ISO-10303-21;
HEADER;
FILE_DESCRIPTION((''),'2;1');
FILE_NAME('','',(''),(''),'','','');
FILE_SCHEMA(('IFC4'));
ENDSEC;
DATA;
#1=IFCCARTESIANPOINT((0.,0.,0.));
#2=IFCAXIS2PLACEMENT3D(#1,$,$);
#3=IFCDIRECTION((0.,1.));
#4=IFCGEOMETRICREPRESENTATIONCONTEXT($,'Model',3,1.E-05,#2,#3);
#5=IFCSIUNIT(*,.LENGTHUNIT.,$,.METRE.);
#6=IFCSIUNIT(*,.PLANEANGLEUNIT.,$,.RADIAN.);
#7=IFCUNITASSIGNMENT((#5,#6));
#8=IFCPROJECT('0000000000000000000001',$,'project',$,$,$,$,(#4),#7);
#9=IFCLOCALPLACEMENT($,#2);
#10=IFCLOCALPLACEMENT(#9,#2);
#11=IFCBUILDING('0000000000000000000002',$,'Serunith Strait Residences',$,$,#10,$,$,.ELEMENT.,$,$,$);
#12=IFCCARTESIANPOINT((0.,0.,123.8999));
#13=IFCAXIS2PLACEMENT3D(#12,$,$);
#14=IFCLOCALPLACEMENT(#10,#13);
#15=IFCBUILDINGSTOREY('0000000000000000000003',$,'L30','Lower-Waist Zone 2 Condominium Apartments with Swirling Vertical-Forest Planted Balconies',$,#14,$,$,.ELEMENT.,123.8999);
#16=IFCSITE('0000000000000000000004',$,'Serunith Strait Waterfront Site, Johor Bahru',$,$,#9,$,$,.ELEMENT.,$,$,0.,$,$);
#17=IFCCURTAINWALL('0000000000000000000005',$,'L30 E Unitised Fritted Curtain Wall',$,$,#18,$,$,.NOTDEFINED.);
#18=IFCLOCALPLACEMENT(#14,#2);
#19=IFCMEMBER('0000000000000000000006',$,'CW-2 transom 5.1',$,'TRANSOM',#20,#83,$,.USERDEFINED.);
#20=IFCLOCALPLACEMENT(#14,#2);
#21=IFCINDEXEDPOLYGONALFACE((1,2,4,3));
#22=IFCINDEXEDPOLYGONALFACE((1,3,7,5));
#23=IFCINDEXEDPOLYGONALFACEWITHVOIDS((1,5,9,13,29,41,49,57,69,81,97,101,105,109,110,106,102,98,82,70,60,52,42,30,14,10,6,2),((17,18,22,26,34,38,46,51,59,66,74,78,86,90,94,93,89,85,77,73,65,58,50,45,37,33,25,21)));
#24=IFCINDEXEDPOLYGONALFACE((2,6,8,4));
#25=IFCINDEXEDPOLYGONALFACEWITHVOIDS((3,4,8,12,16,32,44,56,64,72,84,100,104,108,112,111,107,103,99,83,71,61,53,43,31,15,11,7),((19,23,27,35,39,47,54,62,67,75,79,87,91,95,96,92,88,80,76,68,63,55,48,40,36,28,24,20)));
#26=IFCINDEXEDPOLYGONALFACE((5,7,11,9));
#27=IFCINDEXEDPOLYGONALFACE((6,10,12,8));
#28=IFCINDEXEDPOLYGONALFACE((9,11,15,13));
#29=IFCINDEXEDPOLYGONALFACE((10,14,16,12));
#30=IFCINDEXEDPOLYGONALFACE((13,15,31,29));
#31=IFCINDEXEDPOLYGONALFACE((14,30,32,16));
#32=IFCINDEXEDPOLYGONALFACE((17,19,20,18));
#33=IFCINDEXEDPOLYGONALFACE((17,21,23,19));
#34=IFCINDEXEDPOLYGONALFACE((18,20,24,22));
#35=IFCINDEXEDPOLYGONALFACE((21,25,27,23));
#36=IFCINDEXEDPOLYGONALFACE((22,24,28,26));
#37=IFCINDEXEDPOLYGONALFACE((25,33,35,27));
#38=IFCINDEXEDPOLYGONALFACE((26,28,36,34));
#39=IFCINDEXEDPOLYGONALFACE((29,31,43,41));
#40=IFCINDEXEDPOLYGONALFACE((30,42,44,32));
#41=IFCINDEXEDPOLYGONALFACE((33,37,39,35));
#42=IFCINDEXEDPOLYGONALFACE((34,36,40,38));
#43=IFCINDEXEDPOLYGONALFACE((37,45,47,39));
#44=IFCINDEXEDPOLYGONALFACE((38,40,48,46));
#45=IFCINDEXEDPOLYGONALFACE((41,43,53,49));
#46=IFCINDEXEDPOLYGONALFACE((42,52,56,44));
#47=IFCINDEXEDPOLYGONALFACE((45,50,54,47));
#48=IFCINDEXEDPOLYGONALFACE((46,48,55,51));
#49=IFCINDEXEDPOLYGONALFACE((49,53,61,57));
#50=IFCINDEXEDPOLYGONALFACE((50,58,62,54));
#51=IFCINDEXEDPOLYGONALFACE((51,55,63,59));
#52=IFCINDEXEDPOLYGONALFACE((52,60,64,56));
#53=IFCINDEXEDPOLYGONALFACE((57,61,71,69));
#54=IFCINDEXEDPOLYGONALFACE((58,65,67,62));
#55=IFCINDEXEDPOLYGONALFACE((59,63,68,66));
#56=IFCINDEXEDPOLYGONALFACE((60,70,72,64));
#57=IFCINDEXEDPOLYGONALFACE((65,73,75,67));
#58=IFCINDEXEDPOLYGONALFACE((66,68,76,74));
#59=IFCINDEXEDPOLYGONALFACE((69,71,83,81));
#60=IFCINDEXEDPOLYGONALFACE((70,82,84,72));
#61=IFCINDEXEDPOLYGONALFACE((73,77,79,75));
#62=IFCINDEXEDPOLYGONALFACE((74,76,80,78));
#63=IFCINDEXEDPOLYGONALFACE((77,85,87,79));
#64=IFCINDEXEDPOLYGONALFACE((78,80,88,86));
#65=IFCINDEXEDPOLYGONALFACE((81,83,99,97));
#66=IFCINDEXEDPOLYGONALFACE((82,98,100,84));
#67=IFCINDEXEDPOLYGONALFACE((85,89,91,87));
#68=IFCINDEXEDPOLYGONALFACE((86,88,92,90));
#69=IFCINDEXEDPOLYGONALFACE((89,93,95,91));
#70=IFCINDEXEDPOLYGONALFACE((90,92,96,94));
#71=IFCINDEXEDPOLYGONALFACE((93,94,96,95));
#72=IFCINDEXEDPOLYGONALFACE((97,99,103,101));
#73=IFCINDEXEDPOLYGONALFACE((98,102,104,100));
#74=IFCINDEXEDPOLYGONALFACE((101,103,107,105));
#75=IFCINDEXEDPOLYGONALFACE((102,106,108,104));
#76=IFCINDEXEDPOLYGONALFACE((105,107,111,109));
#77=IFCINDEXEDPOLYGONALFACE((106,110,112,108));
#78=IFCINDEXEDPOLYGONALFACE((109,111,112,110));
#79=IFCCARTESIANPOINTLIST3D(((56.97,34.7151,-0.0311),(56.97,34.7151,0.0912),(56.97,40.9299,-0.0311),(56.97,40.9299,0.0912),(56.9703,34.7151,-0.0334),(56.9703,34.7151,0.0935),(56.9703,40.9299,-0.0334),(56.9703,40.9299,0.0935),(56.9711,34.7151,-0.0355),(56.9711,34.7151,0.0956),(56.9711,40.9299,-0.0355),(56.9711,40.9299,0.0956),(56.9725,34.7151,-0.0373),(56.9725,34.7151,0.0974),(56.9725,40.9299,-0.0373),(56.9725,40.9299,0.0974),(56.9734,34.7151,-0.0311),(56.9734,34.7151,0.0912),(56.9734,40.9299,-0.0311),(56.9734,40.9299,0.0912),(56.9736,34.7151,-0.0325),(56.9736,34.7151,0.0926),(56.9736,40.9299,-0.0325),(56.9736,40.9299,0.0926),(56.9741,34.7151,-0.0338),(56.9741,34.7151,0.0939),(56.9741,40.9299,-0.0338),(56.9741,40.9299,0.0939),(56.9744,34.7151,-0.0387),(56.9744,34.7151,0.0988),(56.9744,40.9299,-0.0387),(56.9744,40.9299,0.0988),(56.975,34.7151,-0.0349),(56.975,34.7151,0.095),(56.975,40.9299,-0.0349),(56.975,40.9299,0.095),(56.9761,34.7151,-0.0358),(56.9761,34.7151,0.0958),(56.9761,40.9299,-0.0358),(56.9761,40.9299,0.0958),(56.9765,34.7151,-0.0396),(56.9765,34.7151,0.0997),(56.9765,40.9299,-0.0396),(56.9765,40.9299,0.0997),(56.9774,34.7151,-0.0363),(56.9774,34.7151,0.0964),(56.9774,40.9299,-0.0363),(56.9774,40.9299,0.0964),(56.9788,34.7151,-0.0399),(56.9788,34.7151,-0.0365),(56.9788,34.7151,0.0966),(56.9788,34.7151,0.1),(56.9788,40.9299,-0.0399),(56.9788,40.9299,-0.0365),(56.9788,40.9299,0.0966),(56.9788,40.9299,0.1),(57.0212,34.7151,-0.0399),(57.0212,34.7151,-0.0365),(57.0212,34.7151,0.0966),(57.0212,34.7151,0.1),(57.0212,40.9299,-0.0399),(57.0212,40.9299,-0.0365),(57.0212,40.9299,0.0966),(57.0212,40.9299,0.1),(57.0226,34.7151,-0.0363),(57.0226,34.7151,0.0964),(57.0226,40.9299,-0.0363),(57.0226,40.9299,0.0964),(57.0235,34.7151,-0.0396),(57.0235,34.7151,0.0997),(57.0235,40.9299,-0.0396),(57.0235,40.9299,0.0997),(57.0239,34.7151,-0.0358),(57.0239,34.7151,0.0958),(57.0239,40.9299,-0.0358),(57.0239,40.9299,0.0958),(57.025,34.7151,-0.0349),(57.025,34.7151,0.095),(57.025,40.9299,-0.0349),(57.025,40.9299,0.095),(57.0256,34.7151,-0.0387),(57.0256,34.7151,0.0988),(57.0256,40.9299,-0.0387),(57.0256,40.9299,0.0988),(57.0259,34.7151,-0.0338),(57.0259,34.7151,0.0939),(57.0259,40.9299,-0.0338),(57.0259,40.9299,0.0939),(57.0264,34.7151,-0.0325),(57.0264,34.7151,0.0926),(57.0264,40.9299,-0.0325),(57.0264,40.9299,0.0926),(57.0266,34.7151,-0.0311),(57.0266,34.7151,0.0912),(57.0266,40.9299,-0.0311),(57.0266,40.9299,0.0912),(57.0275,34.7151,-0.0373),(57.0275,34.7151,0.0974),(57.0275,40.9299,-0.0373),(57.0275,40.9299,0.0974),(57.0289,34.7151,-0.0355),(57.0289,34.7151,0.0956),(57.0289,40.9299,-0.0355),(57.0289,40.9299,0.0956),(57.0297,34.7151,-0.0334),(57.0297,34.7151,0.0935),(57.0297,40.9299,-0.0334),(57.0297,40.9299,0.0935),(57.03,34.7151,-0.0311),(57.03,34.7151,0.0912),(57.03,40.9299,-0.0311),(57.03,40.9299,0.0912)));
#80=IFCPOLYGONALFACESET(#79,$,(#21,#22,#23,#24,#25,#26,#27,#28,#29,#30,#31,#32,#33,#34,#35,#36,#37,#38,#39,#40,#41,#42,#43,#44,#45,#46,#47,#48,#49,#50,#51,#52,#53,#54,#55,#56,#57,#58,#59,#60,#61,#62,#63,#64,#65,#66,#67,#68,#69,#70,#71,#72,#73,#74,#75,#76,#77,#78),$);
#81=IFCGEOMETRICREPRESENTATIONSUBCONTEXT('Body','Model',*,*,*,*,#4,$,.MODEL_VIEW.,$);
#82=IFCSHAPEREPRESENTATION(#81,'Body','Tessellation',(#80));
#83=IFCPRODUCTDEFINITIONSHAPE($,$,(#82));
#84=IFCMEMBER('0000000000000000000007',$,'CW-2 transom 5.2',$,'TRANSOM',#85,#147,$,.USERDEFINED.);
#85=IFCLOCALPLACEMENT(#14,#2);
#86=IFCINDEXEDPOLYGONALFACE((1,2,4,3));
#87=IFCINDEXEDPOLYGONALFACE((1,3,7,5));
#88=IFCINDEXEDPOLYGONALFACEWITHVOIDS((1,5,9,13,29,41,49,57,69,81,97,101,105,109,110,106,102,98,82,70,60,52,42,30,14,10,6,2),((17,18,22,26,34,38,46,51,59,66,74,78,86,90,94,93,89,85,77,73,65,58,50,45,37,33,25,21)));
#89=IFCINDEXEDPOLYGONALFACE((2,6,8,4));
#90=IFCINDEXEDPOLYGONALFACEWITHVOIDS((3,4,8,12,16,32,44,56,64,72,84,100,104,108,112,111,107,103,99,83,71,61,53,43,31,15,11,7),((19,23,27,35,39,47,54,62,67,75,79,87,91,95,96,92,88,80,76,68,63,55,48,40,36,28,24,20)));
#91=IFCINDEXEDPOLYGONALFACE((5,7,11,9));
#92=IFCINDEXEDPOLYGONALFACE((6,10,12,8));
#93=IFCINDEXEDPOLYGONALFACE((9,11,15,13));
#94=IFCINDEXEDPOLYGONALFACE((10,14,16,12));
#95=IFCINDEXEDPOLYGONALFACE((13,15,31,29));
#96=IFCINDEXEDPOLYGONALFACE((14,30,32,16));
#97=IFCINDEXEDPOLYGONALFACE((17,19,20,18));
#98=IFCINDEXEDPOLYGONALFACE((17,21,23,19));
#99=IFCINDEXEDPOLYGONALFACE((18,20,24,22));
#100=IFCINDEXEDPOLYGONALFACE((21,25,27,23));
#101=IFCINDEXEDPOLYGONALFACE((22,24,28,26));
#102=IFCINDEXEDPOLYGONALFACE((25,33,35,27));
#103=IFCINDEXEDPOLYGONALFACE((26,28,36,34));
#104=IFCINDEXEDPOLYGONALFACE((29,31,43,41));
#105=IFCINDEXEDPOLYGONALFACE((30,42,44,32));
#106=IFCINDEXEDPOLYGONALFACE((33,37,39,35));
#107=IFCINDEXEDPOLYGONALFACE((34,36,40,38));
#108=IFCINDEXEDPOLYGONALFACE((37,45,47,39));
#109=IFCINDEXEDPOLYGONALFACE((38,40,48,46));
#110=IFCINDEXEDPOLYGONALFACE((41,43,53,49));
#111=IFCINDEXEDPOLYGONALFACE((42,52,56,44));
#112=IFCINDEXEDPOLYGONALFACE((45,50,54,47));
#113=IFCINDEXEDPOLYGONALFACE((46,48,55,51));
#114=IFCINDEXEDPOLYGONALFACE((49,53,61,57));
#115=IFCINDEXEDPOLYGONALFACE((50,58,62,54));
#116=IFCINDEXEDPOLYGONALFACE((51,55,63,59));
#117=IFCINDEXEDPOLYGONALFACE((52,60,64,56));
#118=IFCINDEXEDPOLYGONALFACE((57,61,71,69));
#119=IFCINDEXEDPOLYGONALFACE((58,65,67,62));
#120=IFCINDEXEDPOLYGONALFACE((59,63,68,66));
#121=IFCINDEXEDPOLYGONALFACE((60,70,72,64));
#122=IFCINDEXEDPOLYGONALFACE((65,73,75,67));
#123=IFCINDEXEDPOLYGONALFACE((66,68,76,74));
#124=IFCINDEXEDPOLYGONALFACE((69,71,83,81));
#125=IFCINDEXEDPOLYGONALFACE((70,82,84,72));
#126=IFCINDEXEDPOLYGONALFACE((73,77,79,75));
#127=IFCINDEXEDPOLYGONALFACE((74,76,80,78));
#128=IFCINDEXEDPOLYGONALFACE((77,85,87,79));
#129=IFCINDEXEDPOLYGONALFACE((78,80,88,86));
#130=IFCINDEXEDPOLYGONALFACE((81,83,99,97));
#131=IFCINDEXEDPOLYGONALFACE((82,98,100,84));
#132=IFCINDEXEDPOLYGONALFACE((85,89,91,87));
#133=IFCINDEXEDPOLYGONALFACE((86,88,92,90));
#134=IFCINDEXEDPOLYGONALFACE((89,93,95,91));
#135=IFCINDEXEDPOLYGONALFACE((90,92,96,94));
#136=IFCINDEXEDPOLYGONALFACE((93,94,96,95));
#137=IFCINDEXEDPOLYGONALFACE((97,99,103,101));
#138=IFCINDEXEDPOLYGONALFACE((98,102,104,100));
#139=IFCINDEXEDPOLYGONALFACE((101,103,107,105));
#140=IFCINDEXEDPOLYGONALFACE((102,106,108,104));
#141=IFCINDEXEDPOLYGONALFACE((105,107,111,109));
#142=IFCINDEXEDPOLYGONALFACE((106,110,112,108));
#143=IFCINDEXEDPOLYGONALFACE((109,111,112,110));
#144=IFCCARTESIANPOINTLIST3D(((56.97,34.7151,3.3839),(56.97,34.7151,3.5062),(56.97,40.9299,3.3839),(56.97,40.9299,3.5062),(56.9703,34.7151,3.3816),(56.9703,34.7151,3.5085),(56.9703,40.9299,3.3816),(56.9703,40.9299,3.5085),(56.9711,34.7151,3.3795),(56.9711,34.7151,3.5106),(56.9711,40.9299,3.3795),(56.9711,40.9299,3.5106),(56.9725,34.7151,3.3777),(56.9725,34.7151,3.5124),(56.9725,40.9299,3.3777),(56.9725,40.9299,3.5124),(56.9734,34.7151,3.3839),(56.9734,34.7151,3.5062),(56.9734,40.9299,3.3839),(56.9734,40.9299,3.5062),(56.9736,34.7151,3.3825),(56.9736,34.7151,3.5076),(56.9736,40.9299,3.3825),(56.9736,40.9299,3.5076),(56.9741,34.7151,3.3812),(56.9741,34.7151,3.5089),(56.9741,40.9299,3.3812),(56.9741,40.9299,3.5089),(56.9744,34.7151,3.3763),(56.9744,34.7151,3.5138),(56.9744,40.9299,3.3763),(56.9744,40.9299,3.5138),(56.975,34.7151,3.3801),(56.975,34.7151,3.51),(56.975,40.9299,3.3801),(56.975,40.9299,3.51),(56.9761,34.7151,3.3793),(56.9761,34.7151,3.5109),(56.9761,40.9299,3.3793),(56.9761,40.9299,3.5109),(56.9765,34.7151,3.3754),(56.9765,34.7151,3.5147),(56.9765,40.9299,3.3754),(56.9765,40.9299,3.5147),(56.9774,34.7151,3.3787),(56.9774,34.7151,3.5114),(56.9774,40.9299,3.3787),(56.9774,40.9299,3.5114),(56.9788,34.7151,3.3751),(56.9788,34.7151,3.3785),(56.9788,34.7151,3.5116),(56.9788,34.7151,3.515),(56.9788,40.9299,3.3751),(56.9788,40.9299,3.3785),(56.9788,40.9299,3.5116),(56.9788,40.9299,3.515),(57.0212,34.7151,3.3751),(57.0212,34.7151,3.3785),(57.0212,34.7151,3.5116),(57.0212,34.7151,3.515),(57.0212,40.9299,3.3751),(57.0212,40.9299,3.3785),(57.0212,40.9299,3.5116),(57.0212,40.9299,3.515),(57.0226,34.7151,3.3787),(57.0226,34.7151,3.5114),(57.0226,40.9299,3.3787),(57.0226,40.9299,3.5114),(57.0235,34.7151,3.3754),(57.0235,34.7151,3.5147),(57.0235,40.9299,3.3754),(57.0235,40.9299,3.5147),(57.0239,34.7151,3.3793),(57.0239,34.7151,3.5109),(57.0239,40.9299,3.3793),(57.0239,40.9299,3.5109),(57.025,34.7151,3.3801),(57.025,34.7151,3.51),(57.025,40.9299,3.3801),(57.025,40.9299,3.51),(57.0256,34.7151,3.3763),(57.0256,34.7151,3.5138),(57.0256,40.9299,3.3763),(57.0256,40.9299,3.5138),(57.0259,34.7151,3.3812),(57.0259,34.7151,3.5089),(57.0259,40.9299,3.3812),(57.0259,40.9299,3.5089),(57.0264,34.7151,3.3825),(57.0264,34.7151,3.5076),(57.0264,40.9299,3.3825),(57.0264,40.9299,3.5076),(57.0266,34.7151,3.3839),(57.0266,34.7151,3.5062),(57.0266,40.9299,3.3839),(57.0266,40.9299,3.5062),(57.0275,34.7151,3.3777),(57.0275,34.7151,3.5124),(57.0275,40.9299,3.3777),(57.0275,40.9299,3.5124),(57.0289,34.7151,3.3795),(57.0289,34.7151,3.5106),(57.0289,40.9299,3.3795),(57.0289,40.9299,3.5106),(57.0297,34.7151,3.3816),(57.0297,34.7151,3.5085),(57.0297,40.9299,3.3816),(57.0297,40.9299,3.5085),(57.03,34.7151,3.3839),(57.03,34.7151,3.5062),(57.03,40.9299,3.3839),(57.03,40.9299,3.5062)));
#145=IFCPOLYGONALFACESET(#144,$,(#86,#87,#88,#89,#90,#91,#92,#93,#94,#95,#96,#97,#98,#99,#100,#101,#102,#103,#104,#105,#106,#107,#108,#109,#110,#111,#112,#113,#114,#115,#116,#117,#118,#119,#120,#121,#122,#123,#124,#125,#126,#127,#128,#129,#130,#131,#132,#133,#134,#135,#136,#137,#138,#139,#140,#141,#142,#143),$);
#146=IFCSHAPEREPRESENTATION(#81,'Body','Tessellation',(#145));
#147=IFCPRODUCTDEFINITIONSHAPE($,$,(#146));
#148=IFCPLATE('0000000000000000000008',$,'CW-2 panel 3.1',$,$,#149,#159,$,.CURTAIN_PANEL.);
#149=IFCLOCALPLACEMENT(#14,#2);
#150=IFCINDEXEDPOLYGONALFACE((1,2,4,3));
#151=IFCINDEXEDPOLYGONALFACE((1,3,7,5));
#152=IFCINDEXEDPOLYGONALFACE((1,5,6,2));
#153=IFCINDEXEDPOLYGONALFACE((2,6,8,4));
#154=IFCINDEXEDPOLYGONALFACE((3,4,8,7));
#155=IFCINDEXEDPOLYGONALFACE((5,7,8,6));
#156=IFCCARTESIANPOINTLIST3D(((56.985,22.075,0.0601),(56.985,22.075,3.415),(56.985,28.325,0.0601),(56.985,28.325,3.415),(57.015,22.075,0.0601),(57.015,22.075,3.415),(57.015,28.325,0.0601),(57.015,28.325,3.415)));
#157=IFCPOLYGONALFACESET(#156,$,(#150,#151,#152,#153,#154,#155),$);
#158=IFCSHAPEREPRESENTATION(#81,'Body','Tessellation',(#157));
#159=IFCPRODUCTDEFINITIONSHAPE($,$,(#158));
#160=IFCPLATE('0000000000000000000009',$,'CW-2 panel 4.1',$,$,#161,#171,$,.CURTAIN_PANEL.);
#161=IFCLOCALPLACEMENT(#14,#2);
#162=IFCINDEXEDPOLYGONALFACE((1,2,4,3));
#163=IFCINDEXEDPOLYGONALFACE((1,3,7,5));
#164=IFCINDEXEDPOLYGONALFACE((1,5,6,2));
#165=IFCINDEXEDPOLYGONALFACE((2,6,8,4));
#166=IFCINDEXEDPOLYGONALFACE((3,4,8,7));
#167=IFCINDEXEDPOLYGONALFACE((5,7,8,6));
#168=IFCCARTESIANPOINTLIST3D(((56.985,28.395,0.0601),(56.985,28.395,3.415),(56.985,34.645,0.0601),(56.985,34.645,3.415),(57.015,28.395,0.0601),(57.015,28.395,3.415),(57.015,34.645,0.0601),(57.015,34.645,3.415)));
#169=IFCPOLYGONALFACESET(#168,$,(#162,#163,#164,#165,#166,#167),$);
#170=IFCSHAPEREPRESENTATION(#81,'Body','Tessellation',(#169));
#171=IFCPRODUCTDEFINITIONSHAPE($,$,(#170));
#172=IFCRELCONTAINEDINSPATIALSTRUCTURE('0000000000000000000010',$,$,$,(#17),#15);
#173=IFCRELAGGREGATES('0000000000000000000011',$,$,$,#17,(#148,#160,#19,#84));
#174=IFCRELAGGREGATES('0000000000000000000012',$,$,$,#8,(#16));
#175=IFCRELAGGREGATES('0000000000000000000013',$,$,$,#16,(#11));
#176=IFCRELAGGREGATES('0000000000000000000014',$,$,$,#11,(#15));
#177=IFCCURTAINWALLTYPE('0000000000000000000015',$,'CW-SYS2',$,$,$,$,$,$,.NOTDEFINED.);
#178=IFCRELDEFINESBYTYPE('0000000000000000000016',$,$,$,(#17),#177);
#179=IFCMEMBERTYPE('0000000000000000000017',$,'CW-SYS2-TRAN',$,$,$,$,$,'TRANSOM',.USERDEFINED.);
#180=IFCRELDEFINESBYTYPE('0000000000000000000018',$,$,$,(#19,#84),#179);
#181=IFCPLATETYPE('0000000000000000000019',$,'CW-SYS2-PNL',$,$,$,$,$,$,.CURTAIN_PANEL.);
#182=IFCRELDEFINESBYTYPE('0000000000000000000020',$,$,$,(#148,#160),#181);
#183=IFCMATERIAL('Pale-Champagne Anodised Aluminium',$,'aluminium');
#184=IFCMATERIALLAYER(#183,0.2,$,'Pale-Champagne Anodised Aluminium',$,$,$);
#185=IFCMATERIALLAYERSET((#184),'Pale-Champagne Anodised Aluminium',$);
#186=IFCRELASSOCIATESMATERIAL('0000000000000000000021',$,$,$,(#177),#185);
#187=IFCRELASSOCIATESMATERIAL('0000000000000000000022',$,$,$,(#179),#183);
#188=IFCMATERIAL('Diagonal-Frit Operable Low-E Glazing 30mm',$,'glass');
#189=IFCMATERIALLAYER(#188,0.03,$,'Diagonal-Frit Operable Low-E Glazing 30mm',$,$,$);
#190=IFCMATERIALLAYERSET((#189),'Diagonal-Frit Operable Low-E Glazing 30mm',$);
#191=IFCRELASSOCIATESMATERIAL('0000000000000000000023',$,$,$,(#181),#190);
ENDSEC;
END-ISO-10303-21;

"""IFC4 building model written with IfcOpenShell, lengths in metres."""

from ifc_helpers import new_model, si_unit, direction, frame, origin, origin_2d, place, context, subcontext, project, spatial, rectangle, hollow_rectangle, extrude, source, transform, mapped, material, layer, layer_set, material_profile, profile_set, type_object, element, aggregate, save


model = new_model("IFC4")

# Units and contexts
model_context = context("Model", 3, precision=1e-05, world=origin(), true_north=direction((0.0, 1.0)))
body_context = subcontext(model_context, "Body", "Model", "MODEL_VIEW")
ifc_project = project(units=[si_unit("LENGTHUNIT", "METRE"), si_unit("PLANEANGLEUNIT", "RADIAN")], contexts=[model_context])

# Site, building, storey
site_placement = place(None, origin())
site = spatial("IfcSite", under=ifc_project, at=site_placement, Name="Serunith Strait Waterfront Site, Johor Bahru", CompositionType="ELEMENT", RefElevation=0.0)
building_placement = place(site_placement, origin())
building = spatial("IfcBuilding", under=site, at=building_placement, Name="Serunith Strait Residences", CompositionType="ELEMENT")
storey_placement = place(building_placement, frame((0.0, 0.0, 123.8999)))
storey = spatial("IfcBuildingStorey", under=building, at=storey_placement, Name="L30", Description="Lower-Waist Zone 2 Condominium Apartments with Swirling Vertical-Forest Planted Balconies", CompositionType="ELEMENT", Elevation=123.8999)

# Curtain wall, members, plates
ifc_material_1 = material(Name="Pale-Champagne Anodised Aluminium", Category="aluminium")
ifc_layer_1 = layer(ifc_material_1, 0.2, Name="Pale-Champagne Anodised Aluminium")
ifc_layer_set_1 = layer_set([ifc_layer_1], Name="Pale-Champagne Anodised Aluminium")
curtain_wall_type = type_object("IfcCurtainWallType", Name="CW-SYS2", PredefinedType="NOTDEFINED", material=ifc_layer_set_1)
curtain_wall_placement = place(storey_placement, origin())
curtain_wall = element("IfcCurtainWall", 1, at=curtain_wall_placement, inside=storey, type_object=curtain_wall_type, Name="L30 E Unitised Fritted Curtain Wall", PredefinedType="NOTDEFINED")
ifc_material_profile_1 = material_profile(ifc_material_1, hollow_rectangle(XDim=0.0601, YDim=0.1399, WallThickness=0.0034, InnerFilletRadius=0.0054, OuterFilletRadius=0.0088, at=origin_2d()), Name="ALU 140x60x3.5")
ifc_profile_set_1 = profile_set([ifc_material_profile_1], Name="Pale-Champagne Anodised Aluminium")
member_type_1 = type_object("IfcMemberType", Name="CW-SYS2-TRAN", ElementType="TRANSOM", PredefinedType="USERDEFINED", material=ifc_profile_set_1)
shared_shape_1 = source(origin(), body_context, "Body", "SweptSolid", [
    extrude(hollow_rectangle(XDim=0.0601, YDim=0.1399, WallThickness=0.0034, InnerFilletRadius=0.0054, OuterFilletRadius=0.0088, at=origin_2d()), origin(), (0.0, 0.0, 1.0), 6.2148),
])
member_1_placement = place(storey_placement, frame((57.0, 34.7151, 0.03), z_axis=(0.0, 1.0, 0.0), x_axis=(-1.0, 0.0, 0.0)))
member_1 = element("IfcMember", 2, at=member_1_placement, type_object=member_type_1, Name="CW-2 transom 5.1", ObjectType="TRANSOM", PredefinedType="USERDEFINED", context=body_context, shape_type="MappedRepresentation", body=[
    mapped(shared_shape_1, transform((0.0, 0.0, 0.0), scale=1.0)),
])
member_2_placement = place(storey_placement, frame((57.0, 34.7151, 3.4451), z_axis=(0.0, 1.0, 0.0), x_axis=(-1.0, 0.0, 0.0)))
member_2 = element("IfcMember", 3, at=member_2_placement, type_object=member_type_1, Name="CW-2 transom 5.2", ObjectType="TRANSOM", PredefinedType="USERDEFINED", context=body_context, shape_type="MappedRepresentation", body=[
    mapped(shared_shape_1, transform((0.0, 0.0, 0.0), scale=1.0)),
])
ifc_material_2 = material(Name="Diagonal-Frit Operable Low-E Glazing 30mm", Category="glass")
ifc_layer_2 = layer(ifc_material_2, 0.03, Name="Diagonal-Frit Operable Low-E Glazing 30mm")
ifc_layer_set_2 = layer_set([ifc_layer_2], Name="Diagonal-Frit Operable Low-E Glazing 30mm")
plate_type = type_object("IfcPlateType", Name="CW-SYS2-PNL", PredefinedType="CURTAIN_PANEL", material=ifc_layer_set_2)
shared_shape_2 = source(origin(), body_context, "Body", "SweptSolid", [
    extrude(rectangle(XDim=6.25, YDim=0.03, at=origin_2d()), origin(), (0.0, 0.0, 1.0), 3.355),
])
plate_1_placement = place(storey_placement, frame((57.0, 25.2, 0.0601), z_axis=(0.0, 0.0, 1.0), x_axis=(0.0, 1.0, 0.0)))
plate_1 = element("IfcPlate", 4, at=plate_1_placement, type_object=plate_type, Name="CW-2 panel 3.1", PredefinedType="CURTAIN_PANEL", context=body_context, shape_type="MappedRepresentation", body=[
    mapped(shared_shape_2, transform((0.0, 0.0, 0.0), scale=1.0)),
])
plate_2_placement = place(storey_placement, frame((57.0, 31.52, 0.0601), z_axis=(0.0, 0.0, 1.0), x_axis=(0.0, 1.0, 0.0)))
plate_2 = element("IfcPlate", 5, at=plate_2_placement, type_object=plate_type, Name="CW-2 panel 4.1", PredefinedType="CURTAIN_PANEL", context=body_context, shape_type="MappedRepresentation", body=[
    mapped(shared_shape_2, transform((0.0, 0.0, 0.0), scale=1.0)),
])
aggregate(curtain_wall, [plate_1, plate_2, member_1, member_2])

save(model, "model.ifc")
